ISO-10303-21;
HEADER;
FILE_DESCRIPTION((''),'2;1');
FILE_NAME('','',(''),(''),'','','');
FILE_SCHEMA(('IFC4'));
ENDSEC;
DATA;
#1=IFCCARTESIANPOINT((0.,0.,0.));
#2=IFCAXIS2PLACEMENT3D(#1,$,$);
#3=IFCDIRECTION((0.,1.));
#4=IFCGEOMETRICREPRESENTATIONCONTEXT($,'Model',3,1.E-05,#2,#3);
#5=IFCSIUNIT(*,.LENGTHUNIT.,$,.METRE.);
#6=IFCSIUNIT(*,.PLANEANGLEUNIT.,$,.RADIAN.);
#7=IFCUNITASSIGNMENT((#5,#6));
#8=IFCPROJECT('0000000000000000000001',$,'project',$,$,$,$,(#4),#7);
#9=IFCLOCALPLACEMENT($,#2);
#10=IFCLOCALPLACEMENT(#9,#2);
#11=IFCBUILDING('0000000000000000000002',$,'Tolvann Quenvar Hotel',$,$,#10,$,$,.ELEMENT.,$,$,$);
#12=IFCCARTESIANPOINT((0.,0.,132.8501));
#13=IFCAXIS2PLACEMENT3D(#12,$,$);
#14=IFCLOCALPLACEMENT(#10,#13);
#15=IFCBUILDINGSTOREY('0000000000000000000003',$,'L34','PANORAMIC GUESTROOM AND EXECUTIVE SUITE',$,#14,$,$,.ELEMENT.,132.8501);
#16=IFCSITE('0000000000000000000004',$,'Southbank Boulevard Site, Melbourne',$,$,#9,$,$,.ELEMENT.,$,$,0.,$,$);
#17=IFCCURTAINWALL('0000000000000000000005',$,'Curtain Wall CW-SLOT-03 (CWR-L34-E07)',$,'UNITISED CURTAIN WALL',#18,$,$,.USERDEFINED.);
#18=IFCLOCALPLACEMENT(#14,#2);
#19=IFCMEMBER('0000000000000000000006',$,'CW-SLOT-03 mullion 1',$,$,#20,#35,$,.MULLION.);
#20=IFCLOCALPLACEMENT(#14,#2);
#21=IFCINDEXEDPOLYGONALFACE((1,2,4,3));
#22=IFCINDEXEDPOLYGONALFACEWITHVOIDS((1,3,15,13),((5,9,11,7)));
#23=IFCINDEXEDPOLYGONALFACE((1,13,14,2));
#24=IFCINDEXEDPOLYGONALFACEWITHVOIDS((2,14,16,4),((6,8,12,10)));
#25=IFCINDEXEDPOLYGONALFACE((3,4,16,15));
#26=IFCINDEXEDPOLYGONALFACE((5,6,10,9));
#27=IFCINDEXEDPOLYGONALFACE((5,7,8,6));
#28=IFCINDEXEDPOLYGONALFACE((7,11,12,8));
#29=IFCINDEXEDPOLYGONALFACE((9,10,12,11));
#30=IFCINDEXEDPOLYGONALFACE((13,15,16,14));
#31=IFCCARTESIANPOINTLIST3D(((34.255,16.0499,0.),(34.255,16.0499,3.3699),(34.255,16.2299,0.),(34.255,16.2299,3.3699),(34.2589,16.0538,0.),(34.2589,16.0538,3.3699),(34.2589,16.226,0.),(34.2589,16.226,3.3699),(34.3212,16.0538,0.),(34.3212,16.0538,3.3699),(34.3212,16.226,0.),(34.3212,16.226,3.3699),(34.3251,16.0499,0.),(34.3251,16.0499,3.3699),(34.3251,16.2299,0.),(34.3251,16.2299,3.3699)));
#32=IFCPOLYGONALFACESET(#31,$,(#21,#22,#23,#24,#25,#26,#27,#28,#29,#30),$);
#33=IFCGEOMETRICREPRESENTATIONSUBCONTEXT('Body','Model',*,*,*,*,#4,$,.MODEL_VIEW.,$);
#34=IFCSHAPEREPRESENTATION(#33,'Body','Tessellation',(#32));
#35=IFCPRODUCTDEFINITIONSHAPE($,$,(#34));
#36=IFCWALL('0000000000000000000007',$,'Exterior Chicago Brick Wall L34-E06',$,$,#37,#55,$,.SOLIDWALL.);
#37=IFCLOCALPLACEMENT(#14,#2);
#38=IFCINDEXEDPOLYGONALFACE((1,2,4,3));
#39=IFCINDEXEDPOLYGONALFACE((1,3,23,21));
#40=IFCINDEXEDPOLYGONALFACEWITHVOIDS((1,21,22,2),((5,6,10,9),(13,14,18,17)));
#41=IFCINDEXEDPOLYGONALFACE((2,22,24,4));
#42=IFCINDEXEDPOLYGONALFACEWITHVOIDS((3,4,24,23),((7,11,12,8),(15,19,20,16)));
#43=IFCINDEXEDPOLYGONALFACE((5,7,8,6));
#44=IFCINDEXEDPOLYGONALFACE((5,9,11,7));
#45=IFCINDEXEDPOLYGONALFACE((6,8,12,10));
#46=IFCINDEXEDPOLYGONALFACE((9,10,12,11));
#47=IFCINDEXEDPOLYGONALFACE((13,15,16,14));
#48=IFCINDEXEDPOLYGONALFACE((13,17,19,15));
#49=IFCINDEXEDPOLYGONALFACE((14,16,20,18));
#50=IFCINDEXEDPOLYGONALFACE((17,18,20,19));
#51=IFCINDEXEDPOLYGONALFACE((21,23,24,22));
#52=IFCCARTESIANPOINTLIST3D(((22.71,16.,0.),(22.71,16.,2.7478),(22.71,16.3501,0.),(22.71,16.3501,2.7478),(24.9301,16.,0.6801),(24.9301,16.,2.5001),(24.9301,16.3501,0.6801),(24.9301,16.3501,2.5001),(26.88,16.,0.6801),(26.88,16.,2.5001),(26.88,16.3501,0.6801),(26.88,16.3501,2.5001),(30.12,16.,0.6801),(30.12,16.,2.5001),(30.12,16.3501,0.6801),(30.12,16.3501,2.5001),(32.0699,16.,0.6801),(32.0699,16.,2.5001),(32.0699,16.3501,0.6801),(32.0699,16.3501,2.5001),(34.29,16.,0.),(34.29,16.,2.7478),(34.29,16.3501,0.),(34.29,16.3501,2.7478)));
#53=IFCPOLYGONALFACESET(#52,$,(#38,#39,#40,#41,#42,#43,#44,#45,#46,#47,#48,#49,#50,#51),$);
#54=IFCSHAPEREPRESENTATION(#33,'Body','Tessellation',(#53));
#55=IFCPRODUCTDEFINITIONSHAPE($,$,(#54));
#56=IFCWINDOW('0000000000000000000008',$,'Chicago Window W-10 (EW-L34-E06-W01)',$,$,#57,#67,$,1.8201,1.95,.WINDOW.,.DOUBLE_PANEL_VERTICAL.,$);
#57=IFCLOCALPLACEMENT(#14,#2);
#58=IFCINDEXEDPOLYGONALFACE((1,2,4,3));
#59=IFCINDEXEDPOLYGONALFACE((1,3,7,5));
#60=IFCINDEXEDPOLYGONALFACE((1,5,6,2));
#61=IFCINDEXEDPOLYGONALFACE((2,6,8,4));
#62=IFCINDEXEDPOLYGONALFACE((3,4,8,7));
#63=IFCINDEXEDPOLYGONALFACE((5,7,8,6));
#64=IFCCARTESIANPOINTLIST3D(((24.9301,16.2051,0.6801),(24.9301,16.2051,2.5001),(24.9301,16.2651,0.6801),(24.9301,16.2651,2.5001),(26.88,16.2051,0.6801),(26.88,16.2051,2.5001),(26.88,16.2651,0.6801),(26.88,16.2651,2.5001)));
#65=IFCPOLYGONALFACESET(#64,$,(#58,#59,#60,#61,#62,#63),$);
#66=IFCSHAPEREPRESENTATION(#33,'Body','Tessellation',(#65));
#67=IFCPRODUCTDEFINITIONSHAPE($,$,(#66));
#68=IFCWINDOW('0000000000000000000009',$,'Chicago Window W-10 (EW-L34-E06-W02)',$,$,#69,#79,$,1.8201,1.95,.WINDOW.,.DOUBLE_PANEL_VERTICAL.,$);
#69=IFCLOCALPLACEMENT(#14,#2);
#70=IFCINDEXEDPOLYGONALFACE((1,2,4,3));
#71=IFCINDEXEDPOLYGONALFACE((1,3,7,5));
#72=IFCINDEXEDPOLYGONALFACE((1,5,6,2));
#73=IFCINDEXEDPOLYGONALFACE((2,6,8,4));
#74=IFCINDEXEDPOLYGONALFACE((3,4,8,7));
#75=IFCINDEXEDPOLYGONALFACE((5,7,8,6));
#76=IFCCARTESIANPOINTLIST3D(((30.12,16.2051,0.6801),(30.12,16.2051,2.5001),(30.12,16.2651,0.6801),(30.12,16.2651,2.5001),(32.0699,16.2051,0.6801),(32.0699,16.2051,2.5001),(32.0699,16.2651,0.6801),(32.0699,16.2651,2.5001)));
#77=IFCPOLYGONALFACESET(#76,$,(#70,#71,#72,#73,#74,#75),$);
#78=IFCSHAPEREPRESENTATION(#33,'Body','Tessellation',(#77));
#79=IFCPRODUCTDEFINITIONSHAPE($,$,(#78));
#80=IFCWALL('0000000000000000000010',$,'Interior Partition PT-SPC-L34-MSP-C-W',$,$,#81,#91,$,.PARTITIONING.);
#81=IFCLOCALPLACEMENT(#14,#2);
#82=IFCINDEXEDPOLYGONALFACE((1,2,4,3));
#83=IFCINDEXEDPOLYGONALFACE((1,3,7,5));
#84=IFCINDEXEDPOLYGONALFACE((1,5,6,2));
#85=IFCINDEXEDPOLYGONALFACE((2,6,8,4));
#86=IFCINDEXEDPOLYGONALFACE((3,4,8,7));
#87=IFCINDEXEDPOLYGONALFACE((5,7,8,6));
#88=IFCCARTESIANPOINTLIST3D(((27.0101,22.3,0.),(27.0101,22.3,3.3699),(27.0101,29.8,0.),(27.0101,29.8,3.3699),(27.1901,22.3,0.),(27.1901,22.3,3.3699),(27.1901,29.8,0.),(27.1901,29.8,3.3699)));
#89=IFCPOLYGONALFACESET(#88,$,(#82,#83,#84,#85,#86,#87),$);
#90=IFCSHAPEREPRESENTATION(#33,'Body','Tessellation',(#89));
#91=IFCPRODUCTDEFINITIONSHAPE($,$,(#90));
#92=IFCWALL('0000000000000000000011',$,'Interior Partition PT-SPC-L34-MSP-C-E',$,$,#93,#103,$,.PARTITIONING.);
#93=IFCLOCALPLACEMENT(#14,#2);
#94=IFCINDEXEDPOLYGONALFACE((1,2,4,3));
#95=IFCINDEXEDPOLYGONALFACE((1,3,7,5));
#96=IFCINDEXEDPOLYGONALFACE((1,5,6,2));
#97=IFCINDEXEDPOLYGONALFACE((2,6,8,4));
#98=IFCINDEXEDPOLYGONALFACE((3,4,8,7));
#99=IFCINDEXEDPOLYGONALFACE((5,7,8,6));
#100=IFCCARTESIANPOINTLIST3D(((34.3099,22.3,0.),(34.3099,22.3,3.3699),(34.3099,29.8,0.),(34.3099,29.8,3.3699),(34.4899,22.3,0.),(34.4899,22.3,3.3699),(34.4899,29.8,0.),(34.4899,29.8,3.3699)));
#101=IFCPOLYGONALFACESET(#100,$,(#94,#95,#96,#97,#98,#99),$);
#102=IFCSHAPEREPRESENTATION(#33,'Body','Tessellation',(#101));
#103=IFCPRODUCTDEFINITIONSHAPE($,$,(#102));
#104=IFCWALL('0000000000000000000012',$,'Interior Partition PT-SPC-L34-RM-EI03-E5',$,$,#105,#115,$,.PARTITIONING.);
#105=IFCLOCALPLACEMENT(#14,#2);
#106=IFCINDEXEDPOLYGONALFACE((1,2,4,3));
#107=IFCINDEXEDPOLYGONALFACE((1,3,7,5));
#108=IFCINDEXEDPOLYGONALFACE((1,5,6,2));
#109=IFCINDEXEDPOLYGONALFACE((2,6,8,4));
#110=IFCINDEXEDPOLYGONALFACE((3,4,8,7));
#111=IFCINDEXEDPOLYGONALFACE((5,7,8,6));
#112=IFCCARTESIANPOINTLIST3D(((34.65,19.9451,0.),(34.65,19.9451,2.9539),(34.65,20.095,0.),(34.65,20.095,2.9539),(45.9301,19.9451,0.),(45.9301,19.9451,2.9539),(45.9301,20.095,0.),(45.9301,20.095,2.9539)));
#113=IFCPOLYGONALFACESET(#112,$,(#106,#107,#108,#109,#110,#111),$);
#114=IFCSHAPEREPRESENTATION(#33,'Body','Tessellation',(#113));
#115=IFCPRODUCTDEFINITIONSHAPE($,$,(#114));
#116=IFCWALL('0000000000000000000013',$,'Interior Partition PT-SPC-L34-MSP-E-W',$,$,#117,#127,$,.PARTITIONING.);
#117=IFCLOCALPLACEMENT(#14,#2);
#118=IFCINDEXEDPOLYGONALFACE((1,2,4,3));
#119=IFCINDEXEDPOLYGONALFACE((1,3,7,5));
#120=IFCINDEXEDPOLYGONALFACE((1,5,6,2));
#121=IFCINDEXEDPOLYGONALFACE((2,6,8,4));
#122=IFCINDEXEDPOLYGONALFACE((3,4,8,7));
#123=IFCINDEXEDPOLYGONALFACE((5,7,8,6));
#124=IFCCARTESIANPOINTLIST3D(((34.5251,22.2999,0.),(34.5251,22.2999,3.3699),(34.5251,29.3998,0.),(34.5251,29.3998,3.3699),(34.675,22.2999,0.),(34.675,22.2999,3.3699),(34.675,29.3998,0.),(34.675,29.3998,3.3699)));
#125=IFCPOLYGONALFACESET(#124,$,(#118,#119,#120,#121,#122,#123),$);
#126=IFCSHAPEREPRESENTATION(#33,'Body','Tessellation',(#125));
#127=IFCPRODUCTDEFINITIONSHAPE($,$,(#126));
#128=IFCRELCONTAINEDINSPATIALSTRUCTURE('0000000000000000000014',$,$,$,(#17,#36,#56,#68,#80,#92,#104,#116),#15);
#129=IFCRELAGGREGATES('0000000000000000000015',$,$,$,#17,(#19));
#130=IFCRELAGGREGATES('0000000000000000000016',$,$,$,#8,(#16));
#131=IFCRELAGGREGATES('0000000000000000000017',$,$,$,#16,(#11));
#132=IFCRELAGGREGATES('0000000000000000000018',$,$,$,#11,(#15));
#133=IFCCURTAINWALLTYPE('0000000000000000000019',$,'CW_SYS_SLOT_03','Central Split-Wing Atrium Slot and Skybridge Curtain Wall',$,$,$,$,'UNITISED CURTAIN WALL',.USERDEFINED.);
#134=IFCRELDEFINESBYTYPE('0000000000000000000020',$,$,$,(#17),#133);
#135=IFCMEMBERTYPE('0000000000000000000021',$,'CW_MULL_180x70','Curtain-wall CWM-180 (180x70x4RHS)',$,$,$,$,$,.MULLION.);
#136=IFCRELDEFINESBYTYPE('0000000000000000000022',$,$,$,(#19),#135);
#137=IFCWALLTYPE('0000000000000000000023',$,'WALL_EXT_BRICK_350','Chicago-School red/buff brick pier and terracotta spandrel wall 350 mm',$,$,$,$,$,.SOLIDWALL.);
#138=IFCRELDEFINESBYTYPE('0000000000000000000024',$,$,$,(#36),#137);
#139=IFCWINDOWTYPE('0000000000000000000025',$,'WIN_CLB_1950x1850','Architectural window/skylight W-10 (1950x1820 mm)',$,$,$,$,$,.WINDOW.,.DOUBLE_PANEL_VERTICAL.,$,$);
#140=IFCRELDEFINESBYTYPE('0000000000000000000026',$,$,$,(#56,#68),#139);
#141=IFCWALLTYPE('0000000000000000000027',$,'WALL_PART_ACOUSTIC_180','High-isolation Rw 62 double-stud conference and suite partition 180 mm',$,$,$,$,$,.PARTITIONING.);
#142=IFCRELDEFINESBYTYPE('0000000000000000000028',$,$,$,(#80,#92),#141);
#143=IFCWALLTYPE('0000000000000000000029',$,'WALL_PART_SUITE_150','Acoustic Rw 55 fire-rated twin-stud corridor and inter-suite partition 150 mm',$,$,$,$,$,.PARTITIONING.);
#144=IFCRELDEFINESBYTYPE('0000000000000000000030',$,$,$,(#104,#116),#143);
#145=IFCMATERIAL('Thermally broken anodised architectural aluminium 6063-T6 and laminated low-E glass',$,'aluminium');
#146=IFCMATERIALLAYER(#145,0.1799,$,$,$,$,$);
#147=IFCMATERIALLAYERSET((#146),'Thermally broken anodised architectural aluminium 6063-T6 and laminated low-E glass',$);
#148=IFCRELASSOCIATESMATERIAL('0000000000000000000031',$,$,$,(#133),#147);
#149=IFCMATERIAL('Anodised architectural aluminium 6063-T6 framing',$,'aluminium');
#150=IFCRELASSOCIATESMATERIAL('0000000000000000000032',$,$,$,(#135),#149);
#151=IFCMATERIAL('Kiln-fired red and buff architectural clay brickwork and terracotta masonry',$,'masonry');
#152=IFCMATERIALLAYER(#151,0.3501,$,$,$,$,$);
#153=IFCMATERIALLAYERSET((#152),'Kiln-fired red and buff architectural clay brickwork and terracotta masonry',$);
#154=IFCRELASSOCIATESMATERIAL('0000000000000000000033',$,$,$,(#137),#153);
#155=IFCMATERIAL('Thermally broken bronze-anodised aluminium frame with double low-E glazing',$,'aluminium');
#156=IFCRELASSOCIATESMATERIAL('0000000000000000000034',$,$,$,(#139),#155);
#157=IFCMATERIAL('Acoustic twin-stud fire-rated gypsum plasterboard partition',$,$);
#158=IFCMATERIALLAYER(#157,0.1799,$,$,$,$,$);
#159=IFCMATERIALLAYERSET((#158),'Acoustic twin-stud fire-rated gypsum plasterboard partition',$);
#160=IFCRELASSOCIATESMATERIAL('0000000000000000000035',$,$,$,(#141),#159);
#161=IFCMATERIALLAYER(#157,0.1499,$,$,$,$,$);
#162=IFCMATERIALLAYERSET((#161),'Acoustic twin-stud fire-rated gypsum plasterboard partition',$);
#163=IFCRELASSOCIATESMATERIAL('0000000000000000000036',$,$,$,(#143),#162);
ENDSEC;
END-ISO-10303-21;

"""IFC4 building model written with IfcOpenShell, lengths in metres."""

from ifc_helpers import new_model, si_unit, direction, frame, frame_2d, origin, origin_2d, place, context, subcontext, project, spatial, rectangle, hollow_rectangle, extrude, source, transform, mapped, material, layer, layer_set, material_profile, profile_set, type_object, type_shapes, element, fill, aggregate, save


model = new_model("IFC4")

# Units and contexts
model_context = context("Model", 3, precision=1e-05, world=origin(), true_north=direction((0.0, 1.0)))
body_context = subcontext(model_context, "Body", "Model", "MODEL_VIEW")
ifc_project = project(units=[si_unit("LENGTHUNIT", "METRE"), si_unit("PLANEANGLEUNIT", "RADIAN")], contexts=[model_context])

# Site, building, storey
site_placement = place(None, origin())
site = spatial("IfcSite", under=ifc_project, at=site_placement, Name="Southbank Boulevard Site, Melbourne", CompositionType="ELEMENT", RefElevation=0.0)
building_placement = place(site_placement, origin())
building = spatial("IfcBuilding", under=site, at=building_placement, Name="Tolvann Quenvar Hotel", CompositionType="ELEMENT")
storey_placement = place(building_placement, frame((0.0, 0.0, 132.8501)))
storey = spatial("IfcBuildingStorey", under=building, at=storey_placement, Name="L34", Description="PANORAMIC GUESTROOM AND EXECUTIVE SUITE", CompositionType="ELEMENT", Elevation=132.8501)

# Curtain wall, member
ifc_material_1 = material(Name="Thermally broken anodised architectural aluminium 6063-T6 and laminated low-E glass", Category="aluminium")
ifc_layer_1 = layer(ifc_material_1, 0.1799)
ifc_layer_set_1 = layer_set([ifc_layer_1], Name="Thermally broken anodised architectural aluminium 6063-T6 and laminated low-E glass")
curtain_wall_type = type_object("IfcCurtainWallType", Name="CW_SYS_SLOT_03", Description="Central Split-Wing Atrium Slot and Skybridge Curtain Wall", ElementType="UNITISED CURTAIN WALL", PredefinedType="USERDEFINED", material=ifc_layer_set_1)
curtain_wall_placement = place(storey_placement, origin())
curtain_wall = element("IfcCurtainWall", 1, at=curtain_wall_placement, inside=storey, type_object=curtain_wall_type, Name="Curtain Wall CW-SLOT-03 (CWR-L34-E07)", ObjectType="UNITISED CURTAIN WALL", PredefinedType="USERDEFINED")
ifc_material_2 = material(Name="Anodised architectural aluminium 6063-T6 framing", Category="aluminium")
ifc_material_profile_1 = material_profile(ifc_material_2, hollow_rectangle(XDim=0.0701, YDim=0.1799, WallThickness=0.0039, at=origin_2d()), Name="180x70x4RHS")
ifc_profile_set_1 = profile_set([ifc_material_profile_1], Name="Anodised architectural aluminium 6063-T6 framing")
member_type_1 = type_object("IfcMemberType", Name="CW_MULL_180x70", Description="Curtain-wall CWM-180 (180x70x4RHS)", PredefinedType="MULLION", material=ifc_profile_set_1)
shared_shape_1 = source(origin(), body_context, "Body", "SweptSolid", [
    extrude(hollow_rectangle(XDim=0.0701, YDim=0.1799, WallThickness=0.0039, at=origin_2d()), origin(), (0.0, 0.0, 1.0), 3.3699),
])
type_shapes(member_type_1, [shared_shape_1])
member_1_placement = place(storey_placement, frame((34.29, 16.1399, 0.0), z_axis=(0.0, 0.0, 1.0), x_axis=(1.0, 0.0, 0.0)))
member_1 = element("IfcMember", 2, at=member_1_placement, type_object=member_type_1, Name="CW-SLOT-03 mullion 1", PredefinedType="MULLION", context=body_context, shape_type="MappedRepresentation", body=[
    mapped(shared_shape_1, transform((0.0, 0.0, 0.0), x_axis=(1.0, 0.0, 0.0), y_axis=(0.0, 1.0, 0.0), z_axis=(0.0, 0.0, 1.0), scale=1.0)),
])
aggregate(curtain_wall, [member_1])

# Wall, openings, windows
ifc_material_3 = material(Name="Kiln-fired red and buff architectural clay brickwork and terracotta masonry", Category="masonry")
ifc_layer_2 = layer(ifc_material_3, 0.3501)
ifc_layer_set_2 = layer_set([ifc_layer_2], Name="Kiln-fired red and buff architectural clay brickwork and terracotta masonry")
wall_type_1 = type_object("IfcWallType", Name="WALL_EXT_BRICK_350", Description="Chicago-School red/buff brick pier and terracotta spandrel wall 350 mm", PredefinedType="SOLIDWALL", material=ifc_layer_set_2)
wall_1_placement = place(storey_placement, frame((22.71, 16.175, 0.0), z_axis=(0.0, 0.0, 1.0), x_axis=(1.0, 0.0, 0.0)))
wall_1 = element("IfcWall", 3, at=wall_1_placement, inside=storey, type_object=wall_type_1, Name="Exterior Chicago Brick Wall L34-E06", PredefinedType="SOLIDWALL", context=body_context, shape_type="SweptSolid", body=[
    extrude(rectangle(XDim=11.5801, YDim=0.3501, at=frame_2d((5.79, 0.0))), origin(), (0.0, 0.0, 1.0), 2.7478),
])
opening_1_placement = place(wall_1_placement, frame((2.22, 0.0, 0.6799)))
opening_1 = element("IfcOpeningElement", 4, at=opening_1_placement, cuts=wall_1, PredefinedType="OPENING", context=body_context, shape_type="SweptSolid", body=[
    extrude(rectangle(XDim=1.95, YDim=1.8201, at=frame_2d((0.9751, 0.9102))), frame((0.0, 0.1851, 0.0), z_axis=(0.0, -1.0, 0.0), x_axis=(1.0, 0.0, 0.0)), (0.0, 0.0, 1.0), 0.3701),
])
opening_2_placement = place(wall_1_placement, frame((7.4099, 0.0, 0.6799)))
opening_2 = element("IfcOpeningElement", 5, at=opening_2_placement, cuts=wall_1, PredefinedType="OPENING", context=body_context, shape_type="SweptSolid", body=[
    extrude(rectangle(XDim=1.95, YDim=1.8201, at=frame_2d((0.9751, 0.9102))), frame((0.0, 0.1851, 0.0), z_axis=(0.0, -1.0, 0.0), x_axis=(1.0, 0.0, 0.0)), (0.0, 0.0, 1.0), 0.3701),
])
ifc_material_4 = material(Name="Thermally broken bronze-anodised aluminium frame with double low-E glazing", Category="aluminium")
window_type = type_object("IfcWindowType", Name="WIN_CLB_1950x1850", Description="Architectural window/skylight W-10 (1950x1820 mm)", PartitioningType="DOUBLE_PANEL_VERTICAL", PredefinedType="WINDOW", material=ifc_material_4)
shared_shape_2 = source(origin(), body_context, "Body", "SweptSolid", [
    extrude(rectangle(XDim=1.95, YDim=1.8201, at=frame_2d((0.9751, 0.9102))), frame((0.0, 0.0901, 0.0), z_axis=(0.0, -1.0, 0.0), x_axis=(1.0, 0.0, 0.0)), (0.0, 0.0, 1.0), 0.0601),
])
type_shapes(window_type, [shared_shape_2])
window_1_placement = place(opening_1_placement, origin())
window_1 = element("IfcWindow", 6, at=window_1_placement, inside=storey, type_object=window_type, Name="Chicago Window W-10 (EW-L34-E06-W01)", OverallHeight=1.8201, OverallWidth=1.95, PartitioningType="DOUBLE_PANEL_VERTICAL", PredefinedType="WINDOW", context=body_context, shape_type="MappedRepresentation", body=[
    mapped(shared_shape_2, transform((0.0, 0.0, 0.0), x_axis=(1.0, 0.0, 0.0), y_axis=(0.0, 1.0, 0.0), z_axis=(0.0, 0.0, 1.0), scale=1.0)),
])
fill(opening_1, window_1)
window_2_placement = place(opening_2_placement, origin())
window_2 = element("IfcWindow", 7, at=window_2_placement, inside=storey, type_object=window_type, Name="Chicago Window W-10 (EW-L34-E06-W02)", OverallHeight=1.8201, OverallWidth=1.95, PartitioningType="DOUBLE_PANEL_VERTICAL", PredefinedType="WINDOW", context=body_context, shape_type="MappedRepresentation", body=[
    mapped(shared_shape_2, transform((0.0, 0.0, 0.0), x_axis=(1.0, 0.0, 0.0), y_axis=(0.0, 1.0, 0.0), z_axis=(0.0, 0.0, 1.0), scale=1.0)),
])
fill(opening_2, window_2)

# Shared definitions
ifc_material_5 = material(Name="Acoustic twin-stud fire-rated gypsum plasterboard partition")
ifc_layer_3 = layer(ifc_material_5, 0.1799)
ifc_layer_set_3 = layer_set([ifc_layer_3], Name="Acoustic twin-stud fire-rated gypsum plasterboard partition")
wall_type_2 = type_object("IfcWallType", Name="WALL_PART_ACOUSTIC_180", Description="High-isolation Rw 62 double-stud conference and suite partition 180 mm", PredefinedType="PARTITIONING", material=ifc_layer_set_3)

# Walls
for number, where, z_axis, x_axis, name in (
    (8, (27.1001, 22.3, 0.0), (0.0, 0.0, 1.0), (0.0, 1.0, 0.0), "Interior Partition PT-SPC-L34-MSP-C-W"),
    (9, (34.3999, 22.3, 0.0), (0.0, 0.0, 1.0), (0.0, 1.0, 0.0), "Interior Partition PT-SPC-L34-MSP-C-E"),
):
    element("IfcWall", number, at=place(storey_placement, frame(where, z_axis=z_axis, x_axis=x_axis)), inside=storey, type_object=wall_type_2, Name=name, PredefinedType="PARTITIONING", context=body_context, shape_type="SweptSolid", body=[
        extrude(rectangle(XDim=7.5, YDim=0.1799, at=frame_2d((3.75, 0.0))), origin(), (0.0, 0.0, 1.0), 3.3699),
    ])
ifc_layer_4 = layer(ifc_material_5, 0.1499)
ifc_layer_set_4 = layer_set([ifc_layer_4], Name="Acoustic twin-stud fire-rated gypsum plasterboard partition")
wall_type_3 = type_object("IfcWallType", Name="WALL_PART_SUITE_150", Description="Acoustic Rw 55 fire-rated twin-stud corridor and inter-suite partition 150 mm", PredefinedType="PARTITIONING", material=ifc_layer_set_4)
wall_2_placement = place(storey_placement, frame((34.6499, 20.02, 0.0), z_axis=(0.0, 0.0, 1.0), x_axis=(1.0, 0.0, 0.0)))
element("IfcWall", 10, at=wall_2_placement, inside=storey, type_object=wall_type_3, Name="Interior Partition PT-SPC-L34-RM-EI03-E5", PredefinedType="PARTITIONING", context=body_context, shape_type="SweptSolid", body=[
    extrude(rectangle(XDim=11.28, YDim=0.1499, at=frame_2d((5.6401, 0.0))), origin(), (0.0, 0.0, 1.0), 2.9539),
])

# Wall
wall_3_placement = place(storey_placement, frame((34.6001, 22.3, 0.0), z_axis=(0.0, 0.0, 1.0), x_axis=(0.0, 1.0, 0.0)))
element("IfcWall", 11, at=wall_3_placement, inside=storey, type_object=wall_type_3, Name="Interior Partition PT-SPC-L34-MSP-E-W", PredefinedType="PARTITIONING", context=body_context, shape_type="SweptSolid", body=[
    extrude(rectangle(XDim=7.0999, YDim=0.1499, at=frame_2d((3.5498, 0.0))), origin(), (0.0, 0.0, 1.0), 3.3699),
])

save(model, "model.ifc")
